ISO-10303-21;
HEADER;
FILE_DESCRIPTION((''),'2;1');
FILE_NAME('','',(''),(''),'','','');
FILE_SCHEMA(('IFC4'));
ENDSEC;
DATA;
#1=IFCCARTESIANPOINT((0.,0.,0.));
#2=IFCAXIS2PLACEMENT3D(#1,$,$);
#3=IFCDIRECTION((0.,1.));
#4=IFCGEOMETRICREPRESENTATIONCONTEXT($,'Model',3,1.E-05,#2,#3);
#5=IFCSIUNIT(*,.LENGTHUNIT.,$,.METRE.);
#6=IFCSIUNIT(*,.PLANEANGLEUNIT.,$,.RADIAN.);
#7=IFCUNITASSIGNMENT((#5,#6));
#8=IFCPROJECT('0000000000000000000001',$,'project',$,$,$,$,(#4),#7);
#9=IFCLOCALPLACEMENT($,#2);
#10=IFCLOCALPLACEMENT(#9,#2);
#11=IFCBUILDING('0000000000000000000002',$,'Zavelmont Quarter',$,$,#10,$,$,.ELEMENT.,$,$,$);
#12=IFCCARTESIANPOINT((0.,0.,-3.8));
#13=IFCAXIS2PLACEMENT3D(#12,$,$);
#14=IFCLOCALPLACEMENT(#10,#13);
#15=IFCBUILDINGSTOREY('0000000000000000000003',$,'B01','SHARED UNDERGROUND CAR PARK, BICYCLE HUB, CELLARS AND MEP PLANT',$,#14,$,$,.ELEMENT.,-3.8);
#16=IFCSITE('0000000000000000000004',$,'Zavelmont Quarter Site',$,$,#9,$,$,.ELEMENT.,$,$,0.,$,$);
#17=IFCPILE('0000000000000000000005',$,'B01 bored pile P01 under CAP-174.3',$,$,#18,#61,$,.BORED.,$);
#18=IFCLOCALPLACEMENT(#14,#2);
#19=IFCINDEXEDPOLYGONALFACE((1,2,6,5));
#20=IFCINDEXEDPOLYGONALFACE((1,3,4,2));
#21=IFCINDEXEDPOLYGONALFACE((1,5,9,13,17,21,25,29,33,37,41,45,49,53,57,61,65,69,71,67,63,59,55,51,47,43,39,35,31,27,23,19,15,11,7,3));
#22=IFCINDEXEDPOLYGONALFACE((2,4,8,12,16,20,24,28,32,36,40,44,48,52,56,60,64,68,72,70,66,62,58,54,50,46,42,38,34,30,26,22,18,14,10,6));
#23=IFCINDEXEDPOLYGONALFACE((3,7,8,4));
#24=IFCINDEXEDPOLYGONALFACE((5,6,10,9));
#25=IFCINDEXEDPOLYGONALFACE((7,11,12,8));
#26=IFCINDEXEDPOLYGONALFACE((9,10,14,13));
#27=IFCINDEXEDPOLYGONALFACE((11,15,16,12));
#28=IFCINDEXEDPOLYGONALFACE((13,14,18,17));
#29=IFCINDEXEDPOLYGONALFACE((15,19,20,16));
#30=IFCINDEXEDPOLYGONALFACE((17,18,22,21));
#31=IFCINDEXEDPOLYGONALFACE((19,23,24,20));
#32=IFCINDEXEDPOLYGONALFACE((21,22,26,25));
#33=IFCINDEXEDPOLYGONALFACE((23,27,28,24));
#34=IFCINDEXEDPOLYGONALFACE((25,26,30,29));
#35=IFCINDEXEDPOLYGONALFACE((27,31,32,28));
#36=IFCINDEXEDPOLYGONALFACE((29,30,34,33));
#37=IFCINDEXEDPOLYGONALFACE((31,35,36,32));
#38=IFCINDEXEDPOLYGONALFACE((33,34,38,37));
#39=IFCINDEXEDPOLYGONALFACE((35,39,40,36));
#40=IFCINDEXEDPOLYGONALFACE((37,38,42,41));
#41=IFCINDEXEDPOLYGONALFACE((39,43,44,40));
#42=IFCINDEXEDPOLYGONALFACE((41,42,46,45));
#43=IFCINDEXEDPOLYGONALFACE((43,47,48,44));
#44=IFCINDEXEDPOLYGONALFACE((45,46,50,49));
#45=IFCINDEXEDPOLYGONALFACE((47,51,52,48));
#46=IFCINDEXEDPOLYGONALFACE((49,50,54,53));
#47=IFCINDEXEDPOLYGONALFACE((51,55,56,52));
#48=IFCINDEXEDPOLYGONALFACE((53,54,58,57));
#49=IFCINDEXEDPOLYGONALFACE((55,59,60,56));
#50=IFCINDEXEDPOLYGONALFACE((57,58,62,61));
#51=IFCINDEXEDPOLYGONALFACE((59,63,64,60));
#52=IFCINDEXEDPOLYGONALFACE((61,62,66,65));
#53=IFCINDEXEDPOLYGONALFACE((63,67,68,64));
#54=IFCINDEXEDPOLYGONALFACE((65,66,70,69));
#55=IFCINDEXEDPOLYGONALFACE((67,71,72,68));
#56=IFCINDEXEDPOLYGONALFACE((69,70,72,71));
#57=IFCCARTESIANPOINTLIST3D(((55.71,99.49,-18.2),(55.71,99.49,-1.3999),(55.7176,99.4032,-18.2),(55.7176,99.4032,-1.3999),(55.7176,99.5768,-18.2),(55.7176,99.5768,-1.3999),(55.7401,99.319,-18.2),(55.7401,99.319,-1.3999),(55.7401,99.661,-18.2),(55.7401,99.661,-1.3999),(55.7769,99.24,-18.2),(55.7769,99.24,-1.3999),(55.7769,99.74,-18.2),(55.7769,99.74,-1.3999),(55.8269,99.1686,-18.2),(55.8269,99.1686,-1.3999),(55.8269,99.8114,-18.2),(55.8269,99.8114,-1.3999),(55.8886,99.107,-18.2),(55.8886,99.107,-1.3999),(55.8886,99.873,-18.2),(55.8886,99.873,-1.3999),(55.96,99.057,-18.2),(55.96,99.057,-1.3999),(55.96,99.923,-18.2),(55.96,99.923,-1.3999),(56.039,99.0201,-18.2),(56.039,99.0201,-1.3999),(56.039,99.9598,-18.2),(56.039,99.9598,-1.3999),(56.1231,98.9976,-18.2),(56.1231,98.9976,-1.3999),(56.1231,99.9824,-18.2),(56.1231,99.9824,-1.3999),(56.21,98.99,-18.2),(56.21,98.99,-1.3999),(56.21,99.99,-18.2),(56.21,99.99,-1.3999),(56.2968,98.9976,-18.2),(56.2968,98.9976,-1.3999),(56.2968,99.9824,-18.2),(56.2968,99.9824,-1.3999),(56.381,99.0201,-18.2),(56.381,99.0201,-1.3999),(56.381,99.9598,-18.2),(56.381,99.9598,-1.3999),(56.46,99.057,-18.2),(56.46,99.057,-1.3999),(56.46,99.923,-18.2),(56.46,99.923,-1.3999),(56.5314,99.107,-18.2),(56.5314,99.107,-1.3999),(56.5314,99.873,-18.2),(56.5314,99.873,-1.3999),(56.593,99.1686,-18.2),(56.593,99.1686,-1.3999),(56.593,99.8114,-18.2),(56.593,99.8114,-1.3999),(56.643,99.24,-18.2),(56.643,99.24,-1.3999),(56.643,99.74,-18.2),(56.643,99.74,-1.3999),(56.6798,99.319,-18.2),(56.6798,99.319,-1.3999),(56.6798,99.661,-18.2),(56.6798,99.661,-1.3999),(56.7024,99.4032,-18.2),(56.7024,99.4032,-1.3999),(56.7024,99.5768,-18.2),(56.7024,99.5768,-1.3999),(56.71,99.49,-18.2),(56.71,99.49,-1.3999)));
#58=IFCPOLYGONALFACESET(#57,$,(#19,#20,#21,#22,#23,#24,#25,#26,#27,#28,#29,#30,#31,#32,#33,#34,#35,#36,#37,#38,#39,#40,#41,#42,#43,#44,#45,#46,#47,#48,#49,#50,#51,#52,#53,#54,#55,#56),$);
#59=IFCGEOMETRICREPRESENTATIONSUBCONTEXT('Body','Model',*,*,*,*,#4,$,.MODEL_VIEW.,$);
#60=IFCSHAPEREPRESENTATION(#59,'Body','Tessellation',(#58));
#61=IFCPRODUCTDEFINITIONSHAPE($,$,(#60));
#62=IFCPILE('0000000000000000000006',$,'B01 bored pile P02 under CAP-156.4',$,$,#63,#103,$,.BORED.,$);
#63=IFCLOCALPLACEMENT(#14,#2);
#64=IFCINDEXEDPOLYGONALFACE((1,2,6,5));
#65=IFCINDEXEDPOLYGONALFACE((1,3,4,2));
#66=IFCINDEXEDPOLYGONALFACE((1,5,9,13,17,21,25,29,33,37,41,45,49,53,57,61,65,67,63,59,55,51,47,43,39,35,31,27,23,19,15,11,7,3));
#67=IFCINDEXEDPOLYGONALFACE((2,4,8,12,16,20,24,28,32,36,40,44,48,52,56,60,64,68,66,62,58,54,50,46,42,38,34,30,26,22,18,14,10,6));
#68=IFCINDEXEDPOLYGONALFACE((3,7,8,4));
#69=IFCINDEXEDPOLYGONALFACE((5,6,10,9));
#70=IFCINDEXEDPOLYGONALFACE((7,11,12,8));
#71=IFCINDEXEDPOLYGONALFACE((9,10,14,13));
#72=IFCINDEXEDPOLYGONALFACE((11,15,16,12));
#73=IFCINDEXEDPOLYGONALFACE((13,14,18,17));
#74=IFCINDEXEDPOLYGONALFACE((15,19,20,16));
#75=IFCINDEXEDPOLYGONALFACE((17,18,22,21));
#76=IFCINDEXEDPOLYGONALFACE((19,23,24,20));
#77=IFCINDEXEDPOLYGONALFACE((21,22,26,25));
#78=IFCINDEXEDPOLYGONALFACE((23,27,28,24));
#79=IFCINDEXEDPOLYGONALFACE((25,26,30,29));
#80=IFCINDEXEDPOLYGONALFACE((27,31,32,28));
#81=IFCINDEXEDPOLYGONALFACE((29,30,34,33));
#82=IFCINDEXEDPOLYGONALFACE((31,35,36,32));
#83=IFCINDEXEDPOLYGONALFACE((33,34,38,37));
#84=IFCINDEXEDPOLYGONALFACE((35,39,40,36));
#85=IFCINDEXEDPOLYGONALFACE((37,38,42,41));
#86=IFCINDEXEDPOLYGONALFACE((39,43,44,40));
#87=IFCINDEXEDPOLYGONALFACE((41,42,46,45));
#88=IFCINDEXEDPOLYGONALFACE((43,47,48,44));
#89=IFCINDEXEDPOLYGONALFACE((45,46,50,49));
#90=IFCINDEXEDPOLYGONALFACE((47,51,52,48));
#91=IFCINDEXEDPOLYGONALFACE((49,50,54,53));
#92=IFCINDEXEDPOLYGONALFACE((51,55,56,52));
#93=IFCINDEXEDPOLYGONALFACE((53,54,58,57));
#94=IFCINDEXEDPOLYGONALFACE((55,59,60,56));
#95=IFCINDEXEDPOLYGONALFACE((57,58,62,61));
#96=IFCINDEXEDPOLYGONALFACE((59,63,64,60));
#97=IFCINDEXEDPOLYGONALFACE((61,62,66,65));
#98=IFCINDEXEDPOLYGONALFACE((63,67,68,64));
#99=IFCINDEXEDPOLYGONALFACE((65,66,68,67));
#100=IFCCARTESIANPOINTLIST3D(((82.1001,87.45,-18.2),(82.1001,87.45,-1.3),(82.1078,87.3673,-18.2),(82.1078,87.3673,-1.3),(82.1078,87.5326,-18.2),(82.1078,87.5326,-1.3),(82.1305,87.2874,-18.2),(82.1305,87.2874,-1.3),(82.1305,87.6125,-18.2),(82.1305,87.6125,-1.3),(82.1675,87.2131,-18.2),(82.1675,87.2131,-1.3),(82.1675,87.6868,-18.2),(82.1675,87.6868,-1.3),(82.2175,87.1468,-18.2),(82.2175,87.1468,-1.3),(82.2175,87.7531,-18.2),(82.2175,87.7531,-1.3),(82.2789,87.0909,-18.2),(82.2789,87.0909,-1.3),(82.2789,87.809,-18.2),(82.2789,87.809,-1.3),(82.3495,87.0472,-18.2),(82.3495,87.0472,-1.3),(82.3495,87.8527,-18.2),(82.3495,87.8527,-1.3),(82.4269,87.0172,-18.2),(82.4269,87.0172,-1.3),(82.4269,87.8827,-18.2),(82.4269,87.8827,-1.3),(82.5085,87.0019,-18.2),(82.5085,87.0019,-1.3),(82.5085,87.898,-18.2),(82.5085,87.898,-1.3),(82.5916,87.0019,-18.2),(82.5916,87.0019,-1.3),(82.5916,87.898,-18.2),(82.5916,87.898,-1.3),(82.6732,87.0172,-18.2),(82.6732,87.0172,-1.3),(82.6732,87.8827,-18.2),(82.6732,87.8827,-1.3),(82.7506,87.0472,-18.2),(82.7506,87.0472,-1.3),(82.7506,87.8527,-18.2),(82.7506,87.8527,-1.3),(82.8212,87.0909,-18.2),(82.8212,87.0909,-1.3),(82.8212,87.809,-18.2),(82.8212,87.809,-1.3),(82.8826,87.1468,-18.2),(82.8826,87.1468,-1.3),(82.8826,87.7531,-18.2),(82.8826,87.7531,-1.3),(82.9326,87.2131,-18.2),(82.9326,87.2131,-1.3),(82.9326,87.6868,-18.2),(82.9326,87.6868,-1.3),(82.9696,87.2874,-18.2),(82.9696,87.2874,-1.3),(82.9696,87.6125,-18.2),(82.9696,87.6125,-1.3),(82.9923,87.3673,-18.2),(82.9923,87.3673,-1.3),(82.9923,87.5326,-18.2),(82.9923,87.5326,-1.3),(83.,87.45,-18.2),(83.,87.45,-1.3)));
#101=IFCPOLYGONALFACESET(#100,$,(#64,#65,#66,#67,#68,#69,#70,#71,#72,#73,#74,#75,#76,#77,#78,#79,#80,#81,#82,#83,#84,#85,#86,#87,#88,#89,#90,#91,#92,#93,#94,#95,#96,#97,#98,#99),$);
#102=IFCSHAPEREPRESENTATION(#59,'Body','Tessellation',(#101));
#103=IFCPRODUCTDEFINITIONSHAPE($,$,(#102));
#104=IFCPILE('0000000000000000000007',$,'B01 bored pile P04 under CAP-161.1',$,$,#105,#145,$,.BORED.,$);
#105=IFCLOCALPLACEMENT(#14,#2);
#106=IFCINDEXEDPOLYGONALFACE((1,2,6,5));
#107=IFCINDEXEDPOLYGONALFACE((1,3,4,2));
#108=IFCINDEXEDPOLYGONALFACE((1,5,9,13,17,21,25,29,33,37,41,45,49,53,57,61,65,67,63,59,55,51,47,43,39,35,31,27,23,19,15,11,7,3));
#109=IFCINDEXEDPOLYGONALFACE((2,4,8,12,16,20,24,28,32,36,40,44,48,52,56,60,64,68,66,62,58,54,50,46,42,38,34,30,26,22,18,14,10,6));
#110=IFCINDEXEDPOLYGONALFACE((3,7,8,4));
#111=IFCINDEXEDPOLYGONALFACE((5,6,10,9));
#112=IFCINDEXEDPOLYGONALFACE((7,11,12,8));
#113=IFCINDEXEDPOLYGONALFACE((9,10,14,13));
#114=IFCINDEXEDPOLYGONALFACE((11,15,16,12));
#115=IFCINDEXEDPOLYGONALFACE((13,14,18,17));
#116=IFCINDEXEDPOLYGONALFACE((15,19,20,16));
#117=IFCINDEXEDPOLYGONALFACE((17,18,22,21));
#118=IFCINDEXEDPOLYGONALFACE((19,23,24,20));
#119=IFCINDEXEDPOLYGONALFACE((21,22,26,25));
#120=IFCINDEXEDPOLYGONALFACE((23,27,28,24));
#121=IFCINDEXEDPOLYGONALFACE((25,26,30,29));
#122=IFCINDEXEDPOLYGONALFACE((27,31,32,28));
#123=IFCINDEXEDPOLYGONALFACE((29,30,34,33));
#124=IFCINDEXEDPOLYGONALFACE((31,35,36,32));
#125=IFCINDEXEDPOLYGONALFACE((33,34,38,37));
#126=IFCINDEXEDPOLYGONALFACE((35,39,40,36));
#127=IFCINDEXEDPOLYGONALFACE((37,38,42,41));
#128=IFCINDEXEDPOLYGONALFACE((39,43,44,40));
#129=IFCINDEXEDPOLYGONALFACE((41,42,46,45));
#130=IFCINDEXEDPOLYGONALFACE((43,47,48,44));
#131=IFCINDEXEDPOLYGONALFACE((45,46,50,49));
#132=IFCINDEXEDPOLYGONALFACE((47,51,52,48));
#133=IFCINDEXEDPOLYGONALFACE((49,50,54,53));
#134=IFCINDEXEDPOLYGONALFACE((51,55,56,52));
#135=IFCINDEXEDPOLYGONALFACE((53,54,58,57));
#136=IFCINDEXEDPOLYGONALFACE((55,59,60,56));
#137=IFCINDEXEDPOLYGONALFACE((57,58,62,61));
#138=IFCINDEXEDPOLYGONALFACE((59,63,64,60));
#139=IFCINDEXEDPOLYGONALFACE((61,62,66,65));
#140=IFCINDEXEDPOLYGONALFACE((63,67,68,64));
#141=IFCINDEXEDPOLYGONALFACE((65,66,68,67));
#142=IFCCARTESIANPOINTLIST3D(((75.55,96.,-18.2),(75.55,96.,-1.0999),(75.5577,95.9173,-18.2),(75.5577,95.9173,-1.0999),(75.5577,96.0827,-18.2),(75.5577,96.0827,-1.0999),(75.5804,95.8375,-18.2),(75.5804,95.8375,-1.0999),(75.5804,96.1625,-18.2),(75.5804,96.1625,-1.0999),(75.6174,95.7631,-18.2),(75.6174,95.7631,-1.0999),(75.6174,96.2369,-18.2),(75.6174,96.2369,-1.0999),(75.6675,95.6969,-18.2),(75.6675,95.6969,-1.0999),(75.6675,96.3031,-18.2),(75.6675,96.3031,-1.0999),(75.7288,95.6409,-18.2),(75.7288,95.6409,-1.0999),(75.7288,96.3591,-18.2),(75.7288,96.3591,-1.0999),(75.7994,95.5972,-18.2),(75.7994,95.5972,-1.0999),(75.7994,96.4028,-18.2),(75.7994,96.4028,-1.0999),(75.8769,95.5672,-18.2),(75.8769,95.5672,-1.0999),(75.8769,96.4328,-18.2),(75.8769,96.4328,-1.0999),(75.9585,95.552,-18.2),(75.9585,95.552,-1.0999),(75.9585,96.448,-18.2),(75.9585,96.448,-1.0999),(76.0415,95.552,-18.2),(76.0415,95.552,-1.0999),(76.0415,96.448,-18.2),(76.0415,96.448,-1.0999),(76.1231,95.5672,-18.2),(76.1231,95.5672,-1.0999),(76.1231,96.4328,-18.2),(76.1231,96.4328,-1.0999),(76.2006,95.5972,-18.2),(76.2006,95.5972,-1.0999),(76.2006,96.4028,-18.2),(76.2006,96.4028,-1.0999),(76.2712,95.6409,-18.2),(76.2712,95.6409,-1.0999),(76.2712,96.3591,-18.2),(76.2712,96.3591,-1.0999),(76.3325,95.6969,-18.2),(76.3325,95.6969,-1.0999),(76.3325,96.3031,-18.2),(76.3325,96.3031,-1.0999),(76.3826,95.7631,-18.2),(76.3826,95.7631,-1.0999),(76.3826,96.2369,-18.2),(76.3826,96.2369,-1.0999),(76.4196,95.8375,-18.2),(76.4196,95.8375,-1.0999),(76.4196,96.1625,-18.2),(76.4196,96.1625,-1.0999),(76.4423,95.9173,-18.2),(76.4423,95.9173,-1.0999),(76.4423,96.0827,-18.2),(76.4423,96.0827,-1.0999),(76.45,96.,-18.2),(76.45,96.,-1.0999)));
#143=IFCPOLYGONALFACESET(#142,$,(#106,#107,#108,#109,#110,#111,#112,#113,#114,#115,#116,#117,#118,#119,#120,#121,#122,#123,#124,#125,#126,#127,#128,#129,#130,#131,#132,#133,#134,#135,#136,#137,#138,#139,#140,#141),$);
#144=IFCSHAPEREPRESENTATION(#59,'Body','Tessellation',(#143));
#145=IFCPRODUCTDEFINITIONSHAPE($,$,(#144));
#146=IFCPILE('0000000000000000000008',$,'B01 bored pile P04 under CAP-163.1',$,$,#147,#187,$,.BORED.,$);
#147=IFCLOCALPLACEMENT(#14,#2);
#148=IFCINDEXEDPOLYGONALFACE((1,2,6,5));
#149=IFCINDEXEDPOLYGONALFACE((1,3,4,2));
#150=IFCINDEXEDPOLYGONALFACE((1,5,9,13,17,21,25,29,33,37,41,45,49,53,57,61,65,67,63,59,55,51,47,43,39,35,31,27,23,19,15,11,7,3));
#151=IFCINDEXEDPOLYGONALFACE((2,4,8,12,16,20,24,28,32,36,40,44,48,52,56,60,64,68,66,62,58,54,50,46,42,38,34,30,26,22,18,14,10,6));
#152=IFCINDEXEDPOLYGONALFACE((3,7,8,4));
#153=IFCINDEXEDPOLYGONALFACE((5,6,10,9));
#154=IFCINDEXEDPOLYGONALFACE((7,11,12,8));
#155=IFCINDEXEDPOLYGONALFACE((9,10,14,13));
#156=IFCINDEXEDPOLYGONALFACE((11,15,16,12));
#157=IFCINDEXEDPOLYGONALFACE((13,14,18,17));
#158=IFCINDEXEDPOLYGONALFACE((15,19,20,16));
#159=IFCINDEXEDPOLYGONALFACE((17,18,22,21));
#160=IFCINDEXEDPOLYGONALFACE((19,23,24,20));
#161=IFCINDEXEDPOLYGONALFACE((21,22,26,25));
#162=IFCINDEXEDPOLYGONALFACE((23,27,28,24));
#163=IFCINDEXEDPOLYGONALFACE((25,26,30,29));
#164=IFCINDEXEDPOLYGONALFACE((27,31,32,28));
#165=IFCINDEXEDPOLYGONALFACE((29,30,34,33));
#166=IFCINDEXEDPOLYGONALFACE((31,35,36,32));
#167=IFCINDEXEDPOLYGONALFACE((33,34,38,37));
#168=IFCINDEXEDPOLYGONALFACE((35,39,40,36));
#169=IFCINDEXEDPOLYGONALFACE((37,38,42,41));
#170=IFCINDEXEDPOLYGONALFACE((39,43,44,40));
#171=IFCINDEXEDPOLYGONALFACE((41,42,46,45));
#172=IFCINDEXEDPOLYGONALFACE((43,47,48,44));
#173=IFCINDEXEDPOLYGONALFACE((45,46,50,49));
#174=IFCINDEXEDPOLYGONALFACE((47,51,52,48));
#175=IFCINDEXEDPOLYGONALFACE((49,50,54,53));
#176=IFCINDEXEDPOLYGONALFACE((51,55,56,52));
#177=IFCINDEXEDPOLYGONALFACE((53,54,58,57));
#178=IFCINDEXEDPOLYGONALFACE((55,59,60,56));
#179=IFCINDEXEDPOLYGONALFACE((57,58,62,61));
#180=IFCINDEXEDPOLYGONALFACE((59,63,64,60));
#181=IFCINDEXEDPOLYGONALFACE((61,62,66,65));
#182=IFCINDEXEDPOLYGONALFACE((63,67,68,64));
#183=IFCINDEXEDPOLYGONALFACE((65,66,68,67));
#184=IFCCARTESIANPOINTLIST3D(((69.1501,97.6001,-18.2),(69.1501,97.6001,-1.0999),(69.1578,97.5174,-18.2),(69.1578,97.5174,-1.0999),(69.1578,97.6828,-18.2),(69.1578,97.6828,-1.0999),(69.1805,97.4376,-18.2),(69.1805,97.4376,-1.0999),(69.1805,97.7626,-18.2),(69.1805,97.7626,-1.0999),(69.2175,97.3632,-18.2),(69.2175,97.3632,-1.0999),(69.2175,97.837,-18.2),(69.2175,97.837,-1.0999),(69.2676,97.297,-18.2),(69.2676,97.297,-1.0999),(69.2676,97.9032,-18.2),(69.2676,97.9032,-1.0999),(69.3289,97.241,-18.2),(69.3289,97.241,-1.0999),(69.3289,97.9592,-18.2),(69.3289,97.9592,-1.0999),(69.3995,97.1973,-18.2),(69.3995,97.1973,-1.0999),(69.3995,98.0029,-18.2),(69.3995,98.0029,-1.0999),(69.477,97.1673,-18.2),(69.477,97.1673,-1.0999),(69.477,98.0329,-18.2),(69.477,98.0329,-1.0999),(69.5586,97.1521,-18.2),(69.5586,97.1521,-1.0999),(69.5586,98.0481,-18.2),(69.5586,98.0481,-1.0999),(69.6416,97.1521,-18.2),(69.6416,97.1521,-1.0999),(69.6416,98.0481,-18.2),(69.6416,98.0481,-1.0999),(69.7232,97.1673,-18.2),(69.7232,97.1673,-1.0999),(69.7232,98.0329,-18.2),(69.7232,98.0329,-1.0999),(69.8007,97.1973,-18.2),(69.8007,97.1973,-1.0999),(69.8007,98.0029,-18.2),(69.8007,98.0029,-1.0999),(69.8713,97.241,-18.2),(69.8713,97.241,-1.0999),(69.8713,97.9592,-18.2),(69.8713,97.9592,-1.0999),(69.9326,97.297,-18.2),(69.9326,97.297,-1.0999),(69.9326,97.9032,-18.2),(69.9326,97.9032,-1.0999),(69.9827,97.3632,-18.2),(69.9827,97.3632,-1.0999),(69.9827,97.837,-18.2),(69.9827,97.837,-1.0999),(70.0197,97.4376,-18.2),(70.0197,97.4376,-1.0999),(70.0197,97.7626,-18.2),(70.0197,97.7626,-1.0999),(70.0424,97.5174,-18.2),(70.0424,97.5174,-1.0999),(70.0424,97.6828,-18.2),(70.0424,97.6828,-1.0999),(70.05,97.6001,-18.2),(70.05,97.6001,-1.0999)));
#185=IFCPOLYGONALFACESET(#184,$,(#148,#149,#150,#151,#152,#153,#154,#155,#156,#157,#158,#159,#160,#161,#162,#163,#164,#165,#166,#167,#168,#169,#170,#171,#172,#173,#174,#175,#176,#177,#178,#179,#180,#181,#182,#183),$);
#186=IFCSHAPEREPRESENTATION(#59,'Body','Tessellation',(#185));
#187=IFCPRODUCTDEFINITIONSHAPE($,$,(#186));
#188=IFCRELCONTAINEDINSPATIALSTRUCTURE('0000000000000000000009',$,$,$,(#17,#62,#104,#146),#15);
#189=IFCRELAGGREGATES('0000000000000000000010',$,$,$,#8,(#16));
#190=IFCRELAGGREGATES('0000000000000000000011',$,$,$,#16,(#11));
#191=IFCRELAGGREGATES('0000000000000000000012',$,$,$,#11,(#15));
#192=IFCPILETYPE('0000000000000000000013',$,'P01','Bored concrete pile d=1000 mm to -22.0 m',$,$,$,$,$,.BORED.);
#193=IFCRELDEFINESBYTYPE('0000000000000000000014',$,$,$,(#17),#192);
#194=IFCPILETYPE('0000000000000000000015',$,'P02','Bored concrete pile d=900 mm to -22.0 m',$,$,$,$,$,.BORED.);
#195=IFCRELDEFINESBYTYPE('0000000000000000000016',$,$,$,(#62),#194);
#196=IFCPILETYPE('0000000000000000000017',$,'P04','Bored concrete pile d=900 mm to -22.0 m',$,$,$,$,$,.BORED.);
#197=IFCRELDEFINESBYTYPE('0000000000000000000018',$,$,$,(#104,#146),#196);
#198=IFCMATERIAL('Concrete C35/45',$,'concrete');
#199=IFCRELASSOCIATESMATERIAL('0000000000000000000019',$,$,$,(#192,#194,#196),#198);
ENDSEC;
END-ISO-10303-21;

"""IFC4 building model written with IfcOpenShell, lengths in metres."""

from ifc_helpers import new_model, si_unit, direction, frame, origin, origin_2d, place, context, subcontext, project, spatial, circle, extrude, material, material_profile, profile_set, type_object, element, save


model = new_model("IFC4")

# Units and contexts
model_context = context("Model", 3, precision=1e-05, world=origin(), true_north=direction((0.0, 1.0)))
body_context = subcontext(model_context, "Body", "Model", "MODEL_VIEW")
ifc_project = project(units=[si_unit("LENGTHUNIT", "METRE"), si_unit("PLANEANGLEUNIT", "RADIAN")], contexts=[model_context])

# Site, building, storey
site_placement = place(None, origin())
site = spatial("IfcSite", under=ifc_project, at=site_placement, Name="Zavelmont Quarter Site", CompositionType="ELEMENT", RefElevation=0.0)
building_placement = place(site_placement, origin())
building = spatial("IfcBuilding", under=site, at=building_placement, Name="Zavelmont Quarter", CompositionType="ELEMENT")
storey_placement = place(building_placement, frame((0.0, 0.0, -3.8)))
storey = spatial("IfcBuildingStorey", under=building, at=storey_placement, Name="B01", Description="SHARED UNDERGROUND CAR PARK, BICYCLE HUB, CELLARS AND MEP PLANT", CompositionType="ELEMENT", Elevation=-3.8)

# Shared definitions
ifc_material_1 = material(Name="Concrete C35/45", Category="concrete")

# Piles
ifc_material_profile_1 = material_profile(ifc_material_1, circle(Radius=0.5, at=origin_2d()), Name="BP1000")
ifc_profile_set_1 = profile_set([ifc_material_profile_1], Name="Concrete C35/45")
pile_type_1 = type_object("IfcPileType", Name="P01", Description="Bored concrete pile d=1000 mm to -22.0 m", PredefinedType="BORED", material=ifc_profile_set_1)
for number, where, z_axis, x_axis, name in (
    (1, (56.21, 99.49, -1.3999), (0.0, 0.0, -1.0), (1.0, 0.0, 0.0), "B01 bored pile P01 under CAP-174.3"),
):
    element("IfcPile", number, at=place(storey_placement, frame(where, z_axis=z_axis, x_axis=x_axis)), inside=storey, type_object=pile_type_1, Name=name, PredefinedType="BORED", context=body_context, shape_type="SweptSolid", body=[
        extrude(circle(Radius=0.5, at=origin_2d()), origin(), (0.0, 0.0, 1.0), 16.8),
    ])
ifc_material_profile_2 = material_profile(ifc_material_1, circle(Radius=0.45, at=origin_2d()), Name="BP900")
ifc_profile_set_2 = profile_set([ifc_material_profile_2], Name="Concrete C35/45")
pile_type_2 = type_object("IfcPileType", Name="P02", Description="Bored concrete pile d=900 mm to -22.0 m", PredefinedType="BORED", material=ifc_profile_set_2)
pile_placement = place(storey_placement, frame((82.55, 87.45, -1.3), z_axis=(0.0, 0.0, -1.0), x_axis=(1.0, 0.0, 0.0)))
element("IfcPile", 2, at=pile_placement, inside=storey, type_object=pile_type_2, Name="B01 bored pile P02 under CAP-156.4", PredefinedType="BORED", context=body_context, shape_type="SweptSolid", body=[
    extrude(circle(Radius=0.45, at=origin_2d()), origin(), (0.0, 0.0, 1.0), 16.8999),
])
ifc_material_profile_3 = material_profile(ifc_material_1, circle(Radius=0.45, at=origin_2d()), Name="BP900")
ifc_profile_set_3 = profile_set([ifc_material_profile_3], Name="Concrete C35/45")
pile_type_3 = type_object("IfcPileType", Name="P04", Description="Bored concrete pile d=900 mm to -22.0 m", PredefinedType="BORED", material=ifc_profile_set_3)
for number, where, z_axis, x_axis, name in (
    (3, (76.0, 96.0, -1.0999), (0.0, 0.0, -1.0), (1.0, 0.0, 0.0), "B01 bored pile P04 under CAP-161.1"),
    (4, (69.6001, 97.6001, -1.0999), (0.0, 0.0, -1.0), (1.0, 0.0, 0.0), "B01 bored pile P04 under CAP-163.1"),
):
    element("IfcPile", number, at=place(storey_placement, frame(where, z_axis=z_axis, x_axis=x_axis)), inside=storey, type_object=pile_type_3, Name=name, PredefinedType="BORED", context=body_context, shape_type="SweptSolid", body=[
        extrude(circle(Radius=0.45, at=origin_2d()), origin(), (0.0, 0.0, 1.0), 17.1001),
    ])

save(model, "model.ifc")
